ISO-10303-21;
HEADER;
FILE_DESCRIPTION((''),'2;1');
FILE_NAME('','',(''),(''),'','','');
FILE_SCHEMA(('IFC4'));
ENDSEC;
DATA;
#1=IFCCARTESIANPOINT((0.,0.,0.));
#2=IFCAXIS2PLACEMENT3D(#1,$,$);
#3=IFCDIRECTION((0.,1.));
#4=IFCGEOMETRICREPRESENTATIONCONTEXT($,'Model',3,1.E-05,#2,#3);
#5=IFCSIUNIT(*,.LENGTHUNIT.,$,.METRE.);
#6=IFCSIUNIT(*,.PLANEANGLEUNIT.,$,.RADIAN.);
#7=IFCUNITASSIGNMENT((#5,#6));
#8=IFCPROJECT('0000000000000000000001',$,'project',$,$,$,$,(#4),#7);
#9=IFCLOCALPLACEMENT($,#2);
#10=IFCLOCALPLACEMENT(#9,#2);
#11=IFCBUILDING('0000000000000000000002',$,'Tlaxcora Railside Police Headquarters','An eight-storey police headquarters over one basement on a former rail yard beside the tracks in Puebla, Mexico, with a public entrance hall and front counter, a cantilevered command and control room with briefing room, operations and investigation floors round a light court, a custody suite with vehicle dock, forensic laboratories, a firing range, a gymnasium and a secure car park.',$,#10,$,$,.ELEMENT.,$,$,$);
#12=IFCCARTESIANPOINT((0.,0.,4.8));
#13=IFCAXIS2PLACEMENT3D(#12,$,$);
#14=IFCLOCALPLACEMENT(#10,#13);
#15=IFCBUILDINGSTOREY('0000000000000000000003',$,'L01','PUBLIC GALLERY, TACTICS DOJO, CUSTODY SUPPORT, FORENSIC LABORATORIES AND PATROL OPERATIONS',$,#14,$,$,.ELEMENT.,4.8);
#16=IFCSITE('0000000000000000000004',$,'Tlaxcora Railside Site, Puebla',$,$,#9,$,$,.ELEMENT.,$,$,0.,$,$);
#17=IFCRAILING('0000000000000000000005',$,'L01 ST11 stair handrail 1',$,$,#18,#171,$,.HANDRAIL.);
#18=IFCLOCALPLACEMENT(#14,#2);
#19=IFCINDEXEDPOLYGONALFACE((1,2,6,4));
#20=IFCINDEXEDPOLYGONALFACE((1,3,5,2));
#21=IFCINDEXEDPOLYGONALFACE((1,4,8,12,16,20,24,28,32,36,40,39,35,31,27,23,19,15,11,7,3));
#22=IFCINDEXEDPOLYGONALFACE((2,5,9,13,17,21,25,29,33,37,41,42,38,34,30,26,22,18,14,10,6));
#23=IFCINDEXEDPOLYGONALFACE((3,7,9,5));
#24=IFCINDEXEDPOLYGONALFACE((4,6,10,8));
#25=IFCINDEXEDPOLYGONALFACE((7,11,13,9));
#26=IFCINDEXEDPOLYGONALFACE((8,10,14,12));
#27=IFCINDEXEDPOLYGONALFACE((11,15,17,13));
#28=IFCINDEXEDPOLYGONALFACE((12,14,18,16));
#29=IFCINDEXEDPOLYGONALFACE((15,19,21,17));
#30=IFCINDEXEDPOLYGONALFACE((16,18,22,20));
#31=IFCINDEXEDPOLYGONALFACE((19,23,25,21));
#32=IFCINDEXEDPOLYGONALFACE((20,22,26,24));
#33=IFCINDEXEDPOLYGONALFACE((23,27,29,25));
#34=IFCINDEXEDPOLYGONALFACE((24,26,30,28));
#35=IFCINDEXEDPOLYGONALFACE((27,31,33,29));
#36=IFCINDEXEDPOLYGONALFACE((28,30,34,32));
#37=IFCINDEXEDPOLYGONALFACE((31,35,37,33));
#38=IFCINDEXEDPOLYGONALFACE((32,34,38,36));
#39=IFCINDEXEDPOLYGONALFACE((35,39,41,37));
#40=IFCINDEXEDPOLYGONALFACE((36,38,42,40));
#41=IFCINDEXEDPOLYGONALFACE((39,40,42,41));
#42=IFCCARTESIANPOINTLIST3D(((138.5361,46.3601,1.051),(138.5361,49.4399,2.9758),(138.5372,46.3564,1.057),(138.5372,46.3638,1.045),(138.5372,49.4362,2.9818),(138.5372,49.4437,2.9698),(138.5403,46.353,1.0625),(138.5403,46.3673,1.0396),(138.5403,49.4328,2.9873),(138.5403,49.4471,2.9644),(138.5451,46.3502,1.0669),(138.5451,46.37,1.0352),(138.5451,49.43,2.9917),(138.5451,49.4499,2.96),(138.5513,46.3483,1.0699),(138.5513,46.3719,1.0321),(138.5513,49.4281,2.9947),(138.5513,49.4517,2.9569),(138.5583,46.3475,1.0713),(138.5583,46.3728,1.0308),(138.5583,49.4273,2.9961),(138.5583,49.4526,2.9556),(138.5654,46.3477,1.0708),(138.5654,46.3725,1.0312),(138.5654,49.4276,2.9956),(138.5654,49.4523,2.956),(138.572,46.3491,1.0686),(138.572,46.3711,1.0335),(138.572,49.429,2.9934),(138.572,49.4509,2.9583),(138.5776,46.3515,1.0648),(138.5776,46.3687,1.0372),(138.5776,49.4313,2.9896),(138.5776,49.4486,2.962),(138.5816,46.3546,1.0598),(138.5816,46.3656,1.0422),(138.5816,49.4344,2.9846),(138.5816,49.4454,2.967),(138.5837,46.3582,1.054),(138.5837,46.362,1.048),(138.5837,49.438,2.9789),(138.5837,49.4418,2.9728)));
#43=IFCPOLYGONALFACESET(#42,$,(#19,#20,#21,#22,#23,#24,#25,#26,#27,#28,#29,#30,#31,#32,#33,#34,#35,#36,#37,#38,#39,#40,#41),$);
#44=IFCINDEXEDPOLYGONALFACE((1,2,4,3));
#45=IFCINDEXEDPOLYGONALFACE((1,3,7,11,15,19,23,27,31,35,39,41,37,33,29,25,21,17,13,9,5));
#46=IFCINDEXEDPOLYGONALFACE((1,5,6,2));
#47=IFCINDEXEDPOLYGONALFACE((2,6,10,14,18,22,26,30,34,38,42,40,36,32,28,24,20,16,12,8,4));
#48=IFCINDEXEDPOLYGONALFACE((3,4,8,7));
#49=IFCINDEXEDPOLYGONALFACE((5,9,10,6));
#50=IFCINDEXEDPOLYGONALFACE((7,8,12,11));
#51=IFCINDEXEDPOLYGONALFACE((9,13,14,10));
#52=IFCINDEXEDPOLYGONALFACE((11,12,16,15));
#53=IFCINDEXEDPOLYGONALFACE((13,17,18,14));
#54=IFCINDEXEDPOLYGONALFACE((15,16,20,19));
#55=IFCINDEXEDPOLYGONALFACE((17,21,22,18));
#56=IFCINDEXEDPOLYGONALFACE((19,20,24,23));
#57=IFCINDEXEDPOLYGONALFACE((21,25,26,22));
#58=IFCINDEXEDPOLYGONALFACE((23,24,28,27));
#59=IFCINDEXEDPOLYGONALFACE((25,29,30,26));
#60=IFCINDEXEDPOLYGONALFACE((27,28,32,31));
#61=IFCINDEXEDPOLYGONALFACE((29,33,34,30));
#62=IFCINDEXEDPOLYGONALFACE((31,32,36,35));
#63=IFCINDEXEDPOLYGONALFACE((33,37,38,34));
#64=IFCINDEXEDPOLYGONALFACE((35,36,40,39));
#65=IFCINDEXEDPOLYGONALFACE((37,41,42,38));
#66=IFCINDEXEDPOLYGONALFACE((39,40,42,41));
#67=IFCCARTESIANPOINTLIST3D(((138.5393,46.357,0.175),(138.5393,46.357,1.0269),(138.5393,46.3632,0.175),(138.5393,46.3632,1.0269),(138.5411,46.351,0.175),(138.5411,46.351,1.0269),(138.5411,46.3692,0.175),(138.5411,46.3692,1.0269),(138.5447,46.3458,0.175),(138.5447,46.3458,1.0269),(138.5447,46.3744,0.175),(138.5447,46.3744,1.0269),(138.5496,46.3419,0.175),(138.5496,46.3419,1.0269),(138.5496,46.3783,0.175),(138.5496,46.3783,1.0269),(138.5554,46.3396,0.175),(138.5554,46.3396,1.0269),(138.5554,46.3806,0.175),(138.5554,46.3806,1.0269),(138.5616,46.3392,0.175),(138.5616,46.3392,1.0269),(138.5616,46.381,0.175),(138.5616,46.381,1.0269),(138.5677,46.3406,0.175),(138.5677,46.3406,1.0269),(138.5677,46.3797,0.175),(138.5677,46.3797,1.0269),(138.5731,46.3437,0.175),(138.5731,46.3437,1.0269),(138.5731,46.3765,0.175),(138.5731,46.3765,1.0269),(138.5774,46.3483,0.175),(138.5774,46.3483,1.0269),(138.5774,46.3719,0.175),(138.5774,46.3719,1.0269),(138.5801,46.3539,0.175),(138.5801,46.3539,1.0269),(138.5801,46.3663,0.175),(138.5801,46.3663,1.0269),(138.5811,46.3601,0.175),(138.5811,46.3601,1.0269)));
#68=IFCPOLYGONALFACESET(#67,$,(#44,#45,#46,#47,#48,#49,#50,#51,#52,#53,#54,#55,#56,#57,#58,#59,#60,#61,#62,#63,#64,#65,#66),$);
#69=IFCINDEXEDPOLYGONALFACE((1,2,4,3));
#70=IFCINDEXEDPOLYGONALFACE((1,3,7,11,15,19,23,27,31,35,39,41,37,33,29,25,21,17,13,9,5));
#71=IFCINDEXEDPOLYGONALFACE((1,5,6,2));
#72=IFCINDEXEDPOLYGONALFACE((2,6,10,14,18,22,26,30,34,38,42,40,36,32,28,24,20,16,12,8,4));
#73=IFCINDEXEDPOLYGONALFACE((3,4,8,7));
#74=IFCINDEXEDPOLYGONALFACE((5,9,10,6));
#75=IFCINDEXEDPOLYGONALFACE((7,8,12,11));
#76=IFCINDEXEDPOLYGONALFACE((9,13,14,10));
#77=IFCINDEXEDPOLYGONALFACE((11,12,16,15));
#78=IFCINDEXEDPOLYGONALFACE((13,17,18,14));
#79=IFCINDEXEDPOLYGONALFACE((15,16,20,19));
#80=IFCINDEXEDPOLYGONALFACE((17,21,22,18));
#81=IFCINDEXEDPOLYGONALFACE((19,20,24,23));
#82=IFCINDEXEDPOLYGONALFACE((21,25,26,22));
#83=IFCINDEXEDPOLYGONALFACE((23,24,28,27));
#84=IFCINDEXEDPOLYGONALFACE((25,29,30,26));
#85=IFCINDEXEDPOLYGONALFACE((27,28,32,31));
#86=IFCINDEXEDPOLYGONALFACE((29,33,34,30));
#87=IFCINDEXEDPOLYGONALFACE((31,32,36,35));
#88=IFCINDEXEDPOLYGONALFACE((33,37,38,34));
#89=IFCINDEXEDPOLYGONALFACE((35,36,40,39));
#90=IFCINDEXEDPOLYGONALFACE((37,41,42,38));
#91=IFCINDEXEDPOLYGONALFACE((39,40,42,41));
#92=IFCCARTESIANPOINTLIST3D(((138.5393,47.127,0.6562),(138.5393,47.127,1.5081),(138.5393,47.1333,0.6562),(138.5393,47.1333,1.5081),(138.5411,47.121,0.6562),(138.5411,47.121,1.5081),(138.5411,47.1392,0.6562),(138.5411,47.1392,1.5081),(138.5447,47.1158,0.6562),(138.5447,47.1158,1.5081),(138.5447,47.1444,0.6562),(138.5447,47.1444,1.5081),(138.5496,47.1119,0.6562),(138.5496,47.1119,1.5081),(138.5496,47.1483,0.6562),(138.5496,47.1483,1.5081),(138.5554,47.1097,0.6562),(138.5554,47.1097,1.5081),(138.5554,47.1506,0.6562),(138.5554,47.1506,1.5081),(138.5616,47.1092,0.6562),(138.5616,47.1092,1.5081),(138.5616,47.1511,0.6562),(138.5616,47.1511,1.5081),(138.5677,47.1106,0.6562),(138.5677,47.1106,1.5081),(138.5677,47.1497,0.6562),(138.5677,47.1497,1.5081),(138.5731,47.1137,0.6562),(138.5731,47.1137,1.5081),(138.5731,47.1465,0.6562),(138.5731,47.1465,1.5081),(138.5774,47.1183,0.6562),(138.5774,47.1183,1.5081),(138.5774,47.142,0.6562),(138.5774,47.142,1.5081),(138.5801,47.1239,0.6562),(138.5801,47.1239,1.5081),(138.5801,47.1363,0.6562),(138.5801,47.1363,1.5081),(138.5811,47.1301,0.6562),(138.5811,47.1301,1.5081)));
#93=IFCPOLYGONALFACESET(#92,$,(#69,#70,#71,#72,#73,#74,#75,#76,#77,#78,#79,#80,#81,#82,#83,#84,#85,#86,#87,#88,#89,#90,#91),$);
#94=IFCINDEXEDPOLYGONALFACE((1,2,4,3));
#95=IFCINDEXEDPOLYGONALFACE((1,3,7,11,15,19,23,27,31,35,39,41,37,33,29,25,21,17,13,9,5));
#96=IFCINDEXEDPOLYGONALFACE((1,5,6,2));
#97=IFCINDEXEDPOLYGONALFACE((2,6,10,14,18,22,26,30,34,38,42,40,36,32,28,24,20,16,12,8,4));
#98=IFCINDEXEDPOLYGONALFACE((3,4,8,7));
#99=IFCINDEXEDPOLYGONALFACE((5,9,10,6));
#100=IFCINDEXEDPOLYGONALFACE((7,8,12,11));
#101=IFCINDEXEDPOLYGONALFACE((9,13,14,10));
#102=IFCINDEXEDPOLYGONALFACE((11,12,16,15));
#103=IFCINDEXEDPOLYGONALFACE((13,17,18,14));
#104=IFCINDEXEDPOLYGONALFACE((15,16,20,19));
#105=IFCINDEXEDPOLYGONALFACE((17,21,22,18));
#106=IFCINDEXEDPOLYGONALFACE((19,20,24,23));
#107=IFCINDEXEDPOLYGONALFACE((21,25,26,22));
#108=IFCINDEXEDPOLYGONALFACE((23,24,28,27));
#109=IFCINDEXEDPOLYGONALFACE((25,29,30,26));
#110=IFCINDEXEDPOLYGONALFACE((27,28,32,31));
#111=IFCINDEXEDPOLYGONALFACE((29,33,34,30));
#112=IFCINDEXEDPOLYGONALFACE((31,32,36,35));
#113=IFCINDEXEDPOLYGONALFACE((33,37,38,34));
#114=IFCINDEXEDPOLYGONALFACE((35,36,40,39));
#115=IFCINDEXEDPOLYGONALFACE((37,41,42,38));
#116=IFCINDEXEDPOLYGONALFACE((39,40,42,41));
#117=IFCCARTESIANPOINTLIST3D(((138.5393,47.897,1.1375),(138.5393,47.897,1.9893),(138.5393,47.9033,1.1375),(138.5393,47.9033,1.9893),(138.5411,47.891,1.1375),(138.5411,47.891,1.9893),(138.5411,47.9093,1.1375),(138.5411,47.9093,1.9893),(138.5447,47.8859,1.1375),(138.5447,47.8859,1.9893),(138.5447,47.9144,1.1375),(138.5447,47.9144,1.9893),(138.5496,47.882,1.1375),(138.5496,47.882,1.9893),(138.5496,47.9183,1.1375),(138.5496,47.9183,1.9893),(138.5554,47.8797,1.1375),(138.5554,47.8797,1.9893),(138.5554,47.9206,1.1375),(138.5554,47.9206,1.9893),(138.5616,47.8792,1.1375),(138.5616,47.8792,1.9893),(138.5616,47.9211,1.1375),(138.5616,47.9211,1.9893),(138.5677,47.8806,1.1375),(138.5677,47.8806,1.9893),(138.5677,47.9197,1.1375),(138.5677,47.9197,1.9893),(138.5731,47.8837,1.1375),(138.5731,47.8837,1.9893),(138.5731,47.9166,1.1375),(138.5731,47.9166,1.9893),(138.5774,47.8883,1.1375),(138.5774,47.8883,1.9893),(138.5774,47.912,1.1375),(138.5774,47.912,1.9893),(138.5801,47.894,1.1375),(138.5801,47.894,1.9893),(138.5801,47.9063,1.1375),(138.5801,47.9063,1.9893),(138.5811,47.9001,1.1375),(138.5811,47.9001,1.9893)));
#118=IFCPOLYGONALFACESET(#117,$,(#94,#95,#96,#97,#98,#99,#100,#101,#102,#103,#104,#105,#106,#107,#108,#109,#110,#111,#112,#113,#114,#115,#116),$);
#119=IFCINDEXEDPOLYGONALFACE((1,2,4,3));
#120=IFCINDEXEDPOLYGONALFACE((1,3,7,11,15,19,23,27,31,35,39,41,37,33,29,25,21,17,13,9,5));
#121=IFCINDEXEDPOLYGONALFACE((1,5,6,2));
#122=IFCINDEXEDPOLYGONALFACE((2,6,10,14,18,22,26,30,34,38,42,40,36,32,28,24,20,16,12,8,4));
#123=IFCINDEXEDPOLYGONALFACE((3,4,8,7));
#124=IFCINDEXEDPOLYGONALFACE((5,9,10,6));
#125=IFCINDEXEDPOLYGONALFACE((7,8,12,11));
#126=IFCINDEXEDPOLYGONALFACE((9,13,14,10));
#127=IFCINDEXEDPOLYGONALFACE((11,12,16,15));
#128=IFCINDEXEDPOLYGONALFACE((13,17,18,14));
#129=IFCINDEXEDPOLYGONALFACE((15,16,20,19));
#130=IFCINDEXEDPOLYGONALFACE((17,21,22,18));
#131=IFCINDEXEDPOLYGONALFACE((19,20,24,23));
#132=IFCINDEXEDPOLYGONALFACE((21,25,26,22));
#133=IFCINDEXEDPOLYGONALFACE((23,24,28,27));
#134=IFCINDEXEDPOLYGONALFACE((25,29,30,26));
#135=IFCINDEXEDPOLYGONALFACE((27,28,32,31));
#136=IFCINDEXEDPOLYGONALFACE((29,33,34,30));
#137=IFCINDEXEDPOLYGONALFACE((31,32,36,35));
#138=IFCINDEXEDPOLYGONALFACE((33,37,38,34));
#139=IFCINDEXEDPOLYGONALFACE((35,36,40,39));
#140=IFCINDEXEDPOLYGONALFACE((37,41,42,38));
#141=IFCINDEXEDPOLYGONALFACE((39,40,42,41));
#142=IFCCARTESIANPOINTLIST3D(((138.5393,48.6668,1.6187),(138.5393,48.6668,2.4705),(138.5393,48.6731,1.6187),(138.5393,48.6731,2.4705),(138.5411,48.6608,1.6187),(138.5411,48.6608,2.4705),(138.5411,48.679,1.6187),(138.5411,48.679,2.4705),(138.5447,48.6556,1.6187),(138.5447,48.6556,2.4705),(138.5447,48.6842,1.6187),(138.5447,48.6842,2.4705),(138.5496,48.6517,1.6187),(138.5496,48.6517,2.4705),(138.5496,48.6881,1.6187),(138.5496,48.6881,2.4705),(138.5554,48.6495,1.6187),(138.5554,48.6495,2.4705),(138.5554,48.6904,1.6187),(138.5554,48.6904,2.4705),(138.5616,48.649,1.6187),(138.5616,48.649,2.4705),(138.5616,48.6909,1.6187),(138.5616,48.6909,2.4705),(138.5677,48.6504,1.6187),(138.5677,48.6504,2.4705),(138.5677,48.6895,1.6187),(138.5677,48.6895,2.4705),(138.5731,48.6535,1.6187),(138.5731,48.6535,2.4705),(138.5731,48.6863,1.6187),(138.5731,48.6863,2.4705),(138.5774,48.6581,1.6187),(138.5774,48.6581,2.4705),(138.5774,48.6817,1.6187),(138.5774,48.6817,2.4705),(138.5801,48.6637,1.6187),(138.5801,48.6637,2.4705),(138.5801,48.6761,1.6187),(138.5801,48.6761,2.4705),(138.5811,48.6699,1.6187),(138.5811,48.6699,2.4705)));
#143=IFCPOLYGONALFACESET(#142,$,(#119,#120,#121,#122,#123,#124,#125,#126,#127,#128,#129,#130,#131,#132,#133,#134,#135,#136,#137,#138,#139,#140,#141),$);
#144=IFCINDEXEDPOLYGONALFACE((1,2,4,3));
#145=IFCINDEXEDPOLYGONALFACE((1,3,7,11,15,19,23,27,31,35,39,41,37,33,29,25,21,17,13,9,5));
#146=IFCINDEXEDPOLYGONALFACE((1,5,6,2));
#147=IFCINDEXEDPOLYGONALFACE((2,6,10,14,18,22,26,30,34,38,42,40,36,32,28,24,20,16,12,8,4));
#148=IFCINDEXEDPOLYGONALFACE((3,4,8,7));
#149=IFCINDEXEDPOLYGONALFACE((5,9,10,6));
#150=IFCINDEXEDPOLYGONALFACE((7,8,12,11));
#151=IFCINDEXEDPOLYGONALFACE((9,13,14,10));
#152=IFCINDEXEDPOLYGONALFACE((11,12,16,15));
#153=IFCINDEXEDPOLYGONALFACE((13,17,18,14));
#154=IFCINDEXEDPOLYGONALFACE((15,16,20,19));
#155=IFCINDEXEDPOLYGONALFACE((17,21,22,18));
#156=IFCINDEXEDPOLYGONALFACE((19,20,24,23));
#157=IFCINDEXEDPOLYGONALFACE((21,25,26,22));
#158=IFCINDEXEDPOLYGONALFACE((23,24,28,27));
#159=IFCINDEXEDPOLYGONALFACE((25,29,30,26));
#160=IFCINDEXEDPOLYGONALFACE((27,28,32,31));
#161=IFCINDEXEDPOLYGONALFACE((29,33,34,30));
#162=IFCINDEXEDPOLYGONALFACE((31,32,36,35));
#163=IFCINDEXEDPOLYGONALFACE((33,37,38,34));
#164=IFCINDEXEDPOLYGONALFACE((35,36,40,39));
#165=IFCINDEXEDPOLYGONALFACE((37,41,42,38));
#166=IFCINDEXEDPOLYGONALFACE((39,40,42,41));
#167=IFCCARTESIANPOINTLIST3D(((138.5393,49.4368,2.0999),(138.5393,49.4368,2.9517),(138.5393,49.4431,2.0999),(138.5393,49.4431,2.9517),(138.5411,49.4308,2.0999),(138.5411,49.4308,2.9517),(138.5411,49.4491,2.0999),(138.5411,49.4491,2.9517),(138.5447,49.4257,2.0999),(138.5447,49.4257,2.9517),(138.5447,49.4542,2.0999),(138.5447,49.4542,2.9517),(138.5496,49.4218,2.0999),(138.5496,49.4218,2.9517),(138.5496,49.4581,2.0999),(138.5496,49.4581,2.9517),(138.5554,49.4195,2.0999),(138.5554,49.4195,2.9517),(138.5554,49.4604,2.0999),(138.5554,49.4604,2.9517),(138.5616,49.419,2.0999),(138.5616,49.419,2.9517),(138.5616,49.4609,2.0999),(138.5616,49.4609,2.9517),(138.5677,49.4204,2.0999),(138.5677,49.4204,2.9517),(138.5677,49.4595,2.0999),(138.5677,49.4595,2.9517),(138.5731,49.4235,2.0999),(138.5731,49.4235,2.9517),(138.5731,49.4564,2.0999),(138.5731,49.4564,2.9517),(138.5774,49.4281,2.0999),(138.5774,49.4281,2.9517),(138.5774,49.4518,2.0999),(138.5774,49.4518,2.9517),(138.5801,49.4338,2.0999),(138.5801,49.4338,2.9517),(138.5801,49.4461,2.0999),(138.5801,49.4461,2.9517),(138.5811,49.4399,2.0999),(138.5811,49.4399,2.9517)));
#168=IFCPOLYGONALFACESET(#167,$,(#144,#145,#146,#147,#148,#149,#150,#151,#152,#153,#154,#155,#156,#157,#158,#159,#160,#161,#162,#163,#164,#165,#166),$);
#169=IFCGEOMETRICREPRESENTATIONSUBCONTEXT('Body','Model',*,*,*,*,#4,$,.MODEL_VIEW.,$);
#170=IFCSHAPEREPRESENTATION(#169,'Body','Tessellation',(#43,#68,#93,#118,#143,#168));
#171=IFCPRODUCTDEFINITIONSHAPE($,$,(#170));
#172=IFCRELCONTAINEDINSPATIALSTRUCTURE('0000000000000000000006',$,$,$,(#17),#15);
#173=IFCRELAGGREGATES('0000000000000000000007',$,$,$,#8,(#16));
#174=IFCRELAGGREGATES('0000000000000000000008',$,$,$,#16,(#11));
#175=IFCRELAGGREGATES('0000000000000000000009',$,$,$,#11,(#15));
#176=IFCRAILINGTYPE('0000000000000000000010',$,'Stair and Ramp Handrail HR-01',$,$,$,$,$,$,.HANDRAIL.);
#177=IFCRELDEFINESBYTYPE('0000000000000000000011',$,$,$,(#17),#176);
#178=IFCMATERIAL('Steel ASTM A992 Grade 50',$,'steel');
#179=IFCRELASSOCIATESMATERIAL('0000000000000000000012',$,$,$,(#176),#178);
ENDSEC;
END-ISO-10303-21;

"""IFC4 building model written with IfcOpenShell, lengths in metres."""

from ifc_helpers import new_model, si_unit, direction, frame, origin, origin_2d, place, context, subcontext, project, spatial, circle, extrude, material, type_object, element, save


model = new_model("IFC4")

# Units and contexts
model_context = context("Model", 3, precision=1e-05, world=origin(), true_north=direction((0.0, 1.0)))
body_context = subcontext(model_context, "Body", "Model", "MODEL_VIEW")
ifc_project = project(units=[si_unit("LENGTHUNIT", "METRE"), si_unit("PLANEANGLEUNIT", "RADIAN")], contexts=[model_context])

# Site, building, storey
site_placement = place(None, origin())
site = spatial("IfcSite", under=ifc_project, at=site_placement, Name="Tlaxcora Railside Site, Puebla", CompositionType="ELEMENT", RefElevation=0.0)
building_placement = place(site_placement, origin())
building = spatial("IfcBuilding", under=site, at=building_placement, Name="Tlaxcora Railside Police Headquarters", Description="An eight-storey police headquarters over one basement on a former rail yard beside the tracks in Puebla, Mexico, with a public entrance hall and front counter, a cantilevered command and control room with briefing room, operations and investigation floors round a light court, a custody suite with vehicle dock, forensic laboratories, a firing range, a gymnasium and a secure car park.", CompositionType="ELEMENT")
storey_placement = place(building_placement, frame((0.0, 0.0, 4.8)))
storey = spatial("IfcBuildingStorey", under=building, at=storey_placement, Name="L01", Description="PUBLIC GALLERY, TACTICS DOJO, CUSTODY SUPPORT, FORENSIC LABORATORIES AND PATROL OPERATIONS", CompositionType="ELEMENT", Elevation=4.8)

# Shared definitions
ifc_material_1 = material(Name="Steel ASTM A992 Grade 50", Category="steel")

# Railing
railing_type_1 = type_object("IfcRailingType", Name="Stair and Ramp Handrail HR-01", PredefinedType="HANDRAIL", material=ifc_material_1)
railing_1_placement = place(storey_placement, frame((138.5601, 46.3601, 0.175)))
element("IfcRailing", 1, at=railing_1_placement, inside=storey, type_object=railing_type_1, Name="L01 ST11 stair handrail 1", PredefinedType="HANDRAIL", context=body_context, shape_type="SweptSolid", body=[
    extrude(circle(Radius=0.0239, at=origin_2d()), frame((0.0, 0.0, 0.876), z_axis=(0.0, 0.84801, 0.529981), x_axis=(-1.0, 0.0, 0.0)), (0.0, 0.0, 1.0), 3.6318),
    extrude(circle(Radius=0.021, at=origin_2d()), origin(), (0.0, 0.0, 1.0), 0.8518),
    extrude(circle(Radius=0.021, at=origin_2d()), frame((0.0, 0.77, 0.4812)), (0.0, 0.0, 1.0), 0.8518),
    extrude(circle(Radius=0.021, at=origin_2d()), frame((0.0, 1.54, 0.9624)), (0.0, 0.0, 1.0), 0.8518),
    extrude(circle(Radius=0.021, at=origin_2d()), frame((0.0, 2.3098, 1.4436)), (0.0, 0.0, 1.0), 0.8518),
    extrude(circle(Radius=0.021, at=origin_2d()), frame((0.0, 3.0798, 1.9248)), (0.0, 0.0, 1.0), 0.8518),
])

save(model, "model.ifc")
